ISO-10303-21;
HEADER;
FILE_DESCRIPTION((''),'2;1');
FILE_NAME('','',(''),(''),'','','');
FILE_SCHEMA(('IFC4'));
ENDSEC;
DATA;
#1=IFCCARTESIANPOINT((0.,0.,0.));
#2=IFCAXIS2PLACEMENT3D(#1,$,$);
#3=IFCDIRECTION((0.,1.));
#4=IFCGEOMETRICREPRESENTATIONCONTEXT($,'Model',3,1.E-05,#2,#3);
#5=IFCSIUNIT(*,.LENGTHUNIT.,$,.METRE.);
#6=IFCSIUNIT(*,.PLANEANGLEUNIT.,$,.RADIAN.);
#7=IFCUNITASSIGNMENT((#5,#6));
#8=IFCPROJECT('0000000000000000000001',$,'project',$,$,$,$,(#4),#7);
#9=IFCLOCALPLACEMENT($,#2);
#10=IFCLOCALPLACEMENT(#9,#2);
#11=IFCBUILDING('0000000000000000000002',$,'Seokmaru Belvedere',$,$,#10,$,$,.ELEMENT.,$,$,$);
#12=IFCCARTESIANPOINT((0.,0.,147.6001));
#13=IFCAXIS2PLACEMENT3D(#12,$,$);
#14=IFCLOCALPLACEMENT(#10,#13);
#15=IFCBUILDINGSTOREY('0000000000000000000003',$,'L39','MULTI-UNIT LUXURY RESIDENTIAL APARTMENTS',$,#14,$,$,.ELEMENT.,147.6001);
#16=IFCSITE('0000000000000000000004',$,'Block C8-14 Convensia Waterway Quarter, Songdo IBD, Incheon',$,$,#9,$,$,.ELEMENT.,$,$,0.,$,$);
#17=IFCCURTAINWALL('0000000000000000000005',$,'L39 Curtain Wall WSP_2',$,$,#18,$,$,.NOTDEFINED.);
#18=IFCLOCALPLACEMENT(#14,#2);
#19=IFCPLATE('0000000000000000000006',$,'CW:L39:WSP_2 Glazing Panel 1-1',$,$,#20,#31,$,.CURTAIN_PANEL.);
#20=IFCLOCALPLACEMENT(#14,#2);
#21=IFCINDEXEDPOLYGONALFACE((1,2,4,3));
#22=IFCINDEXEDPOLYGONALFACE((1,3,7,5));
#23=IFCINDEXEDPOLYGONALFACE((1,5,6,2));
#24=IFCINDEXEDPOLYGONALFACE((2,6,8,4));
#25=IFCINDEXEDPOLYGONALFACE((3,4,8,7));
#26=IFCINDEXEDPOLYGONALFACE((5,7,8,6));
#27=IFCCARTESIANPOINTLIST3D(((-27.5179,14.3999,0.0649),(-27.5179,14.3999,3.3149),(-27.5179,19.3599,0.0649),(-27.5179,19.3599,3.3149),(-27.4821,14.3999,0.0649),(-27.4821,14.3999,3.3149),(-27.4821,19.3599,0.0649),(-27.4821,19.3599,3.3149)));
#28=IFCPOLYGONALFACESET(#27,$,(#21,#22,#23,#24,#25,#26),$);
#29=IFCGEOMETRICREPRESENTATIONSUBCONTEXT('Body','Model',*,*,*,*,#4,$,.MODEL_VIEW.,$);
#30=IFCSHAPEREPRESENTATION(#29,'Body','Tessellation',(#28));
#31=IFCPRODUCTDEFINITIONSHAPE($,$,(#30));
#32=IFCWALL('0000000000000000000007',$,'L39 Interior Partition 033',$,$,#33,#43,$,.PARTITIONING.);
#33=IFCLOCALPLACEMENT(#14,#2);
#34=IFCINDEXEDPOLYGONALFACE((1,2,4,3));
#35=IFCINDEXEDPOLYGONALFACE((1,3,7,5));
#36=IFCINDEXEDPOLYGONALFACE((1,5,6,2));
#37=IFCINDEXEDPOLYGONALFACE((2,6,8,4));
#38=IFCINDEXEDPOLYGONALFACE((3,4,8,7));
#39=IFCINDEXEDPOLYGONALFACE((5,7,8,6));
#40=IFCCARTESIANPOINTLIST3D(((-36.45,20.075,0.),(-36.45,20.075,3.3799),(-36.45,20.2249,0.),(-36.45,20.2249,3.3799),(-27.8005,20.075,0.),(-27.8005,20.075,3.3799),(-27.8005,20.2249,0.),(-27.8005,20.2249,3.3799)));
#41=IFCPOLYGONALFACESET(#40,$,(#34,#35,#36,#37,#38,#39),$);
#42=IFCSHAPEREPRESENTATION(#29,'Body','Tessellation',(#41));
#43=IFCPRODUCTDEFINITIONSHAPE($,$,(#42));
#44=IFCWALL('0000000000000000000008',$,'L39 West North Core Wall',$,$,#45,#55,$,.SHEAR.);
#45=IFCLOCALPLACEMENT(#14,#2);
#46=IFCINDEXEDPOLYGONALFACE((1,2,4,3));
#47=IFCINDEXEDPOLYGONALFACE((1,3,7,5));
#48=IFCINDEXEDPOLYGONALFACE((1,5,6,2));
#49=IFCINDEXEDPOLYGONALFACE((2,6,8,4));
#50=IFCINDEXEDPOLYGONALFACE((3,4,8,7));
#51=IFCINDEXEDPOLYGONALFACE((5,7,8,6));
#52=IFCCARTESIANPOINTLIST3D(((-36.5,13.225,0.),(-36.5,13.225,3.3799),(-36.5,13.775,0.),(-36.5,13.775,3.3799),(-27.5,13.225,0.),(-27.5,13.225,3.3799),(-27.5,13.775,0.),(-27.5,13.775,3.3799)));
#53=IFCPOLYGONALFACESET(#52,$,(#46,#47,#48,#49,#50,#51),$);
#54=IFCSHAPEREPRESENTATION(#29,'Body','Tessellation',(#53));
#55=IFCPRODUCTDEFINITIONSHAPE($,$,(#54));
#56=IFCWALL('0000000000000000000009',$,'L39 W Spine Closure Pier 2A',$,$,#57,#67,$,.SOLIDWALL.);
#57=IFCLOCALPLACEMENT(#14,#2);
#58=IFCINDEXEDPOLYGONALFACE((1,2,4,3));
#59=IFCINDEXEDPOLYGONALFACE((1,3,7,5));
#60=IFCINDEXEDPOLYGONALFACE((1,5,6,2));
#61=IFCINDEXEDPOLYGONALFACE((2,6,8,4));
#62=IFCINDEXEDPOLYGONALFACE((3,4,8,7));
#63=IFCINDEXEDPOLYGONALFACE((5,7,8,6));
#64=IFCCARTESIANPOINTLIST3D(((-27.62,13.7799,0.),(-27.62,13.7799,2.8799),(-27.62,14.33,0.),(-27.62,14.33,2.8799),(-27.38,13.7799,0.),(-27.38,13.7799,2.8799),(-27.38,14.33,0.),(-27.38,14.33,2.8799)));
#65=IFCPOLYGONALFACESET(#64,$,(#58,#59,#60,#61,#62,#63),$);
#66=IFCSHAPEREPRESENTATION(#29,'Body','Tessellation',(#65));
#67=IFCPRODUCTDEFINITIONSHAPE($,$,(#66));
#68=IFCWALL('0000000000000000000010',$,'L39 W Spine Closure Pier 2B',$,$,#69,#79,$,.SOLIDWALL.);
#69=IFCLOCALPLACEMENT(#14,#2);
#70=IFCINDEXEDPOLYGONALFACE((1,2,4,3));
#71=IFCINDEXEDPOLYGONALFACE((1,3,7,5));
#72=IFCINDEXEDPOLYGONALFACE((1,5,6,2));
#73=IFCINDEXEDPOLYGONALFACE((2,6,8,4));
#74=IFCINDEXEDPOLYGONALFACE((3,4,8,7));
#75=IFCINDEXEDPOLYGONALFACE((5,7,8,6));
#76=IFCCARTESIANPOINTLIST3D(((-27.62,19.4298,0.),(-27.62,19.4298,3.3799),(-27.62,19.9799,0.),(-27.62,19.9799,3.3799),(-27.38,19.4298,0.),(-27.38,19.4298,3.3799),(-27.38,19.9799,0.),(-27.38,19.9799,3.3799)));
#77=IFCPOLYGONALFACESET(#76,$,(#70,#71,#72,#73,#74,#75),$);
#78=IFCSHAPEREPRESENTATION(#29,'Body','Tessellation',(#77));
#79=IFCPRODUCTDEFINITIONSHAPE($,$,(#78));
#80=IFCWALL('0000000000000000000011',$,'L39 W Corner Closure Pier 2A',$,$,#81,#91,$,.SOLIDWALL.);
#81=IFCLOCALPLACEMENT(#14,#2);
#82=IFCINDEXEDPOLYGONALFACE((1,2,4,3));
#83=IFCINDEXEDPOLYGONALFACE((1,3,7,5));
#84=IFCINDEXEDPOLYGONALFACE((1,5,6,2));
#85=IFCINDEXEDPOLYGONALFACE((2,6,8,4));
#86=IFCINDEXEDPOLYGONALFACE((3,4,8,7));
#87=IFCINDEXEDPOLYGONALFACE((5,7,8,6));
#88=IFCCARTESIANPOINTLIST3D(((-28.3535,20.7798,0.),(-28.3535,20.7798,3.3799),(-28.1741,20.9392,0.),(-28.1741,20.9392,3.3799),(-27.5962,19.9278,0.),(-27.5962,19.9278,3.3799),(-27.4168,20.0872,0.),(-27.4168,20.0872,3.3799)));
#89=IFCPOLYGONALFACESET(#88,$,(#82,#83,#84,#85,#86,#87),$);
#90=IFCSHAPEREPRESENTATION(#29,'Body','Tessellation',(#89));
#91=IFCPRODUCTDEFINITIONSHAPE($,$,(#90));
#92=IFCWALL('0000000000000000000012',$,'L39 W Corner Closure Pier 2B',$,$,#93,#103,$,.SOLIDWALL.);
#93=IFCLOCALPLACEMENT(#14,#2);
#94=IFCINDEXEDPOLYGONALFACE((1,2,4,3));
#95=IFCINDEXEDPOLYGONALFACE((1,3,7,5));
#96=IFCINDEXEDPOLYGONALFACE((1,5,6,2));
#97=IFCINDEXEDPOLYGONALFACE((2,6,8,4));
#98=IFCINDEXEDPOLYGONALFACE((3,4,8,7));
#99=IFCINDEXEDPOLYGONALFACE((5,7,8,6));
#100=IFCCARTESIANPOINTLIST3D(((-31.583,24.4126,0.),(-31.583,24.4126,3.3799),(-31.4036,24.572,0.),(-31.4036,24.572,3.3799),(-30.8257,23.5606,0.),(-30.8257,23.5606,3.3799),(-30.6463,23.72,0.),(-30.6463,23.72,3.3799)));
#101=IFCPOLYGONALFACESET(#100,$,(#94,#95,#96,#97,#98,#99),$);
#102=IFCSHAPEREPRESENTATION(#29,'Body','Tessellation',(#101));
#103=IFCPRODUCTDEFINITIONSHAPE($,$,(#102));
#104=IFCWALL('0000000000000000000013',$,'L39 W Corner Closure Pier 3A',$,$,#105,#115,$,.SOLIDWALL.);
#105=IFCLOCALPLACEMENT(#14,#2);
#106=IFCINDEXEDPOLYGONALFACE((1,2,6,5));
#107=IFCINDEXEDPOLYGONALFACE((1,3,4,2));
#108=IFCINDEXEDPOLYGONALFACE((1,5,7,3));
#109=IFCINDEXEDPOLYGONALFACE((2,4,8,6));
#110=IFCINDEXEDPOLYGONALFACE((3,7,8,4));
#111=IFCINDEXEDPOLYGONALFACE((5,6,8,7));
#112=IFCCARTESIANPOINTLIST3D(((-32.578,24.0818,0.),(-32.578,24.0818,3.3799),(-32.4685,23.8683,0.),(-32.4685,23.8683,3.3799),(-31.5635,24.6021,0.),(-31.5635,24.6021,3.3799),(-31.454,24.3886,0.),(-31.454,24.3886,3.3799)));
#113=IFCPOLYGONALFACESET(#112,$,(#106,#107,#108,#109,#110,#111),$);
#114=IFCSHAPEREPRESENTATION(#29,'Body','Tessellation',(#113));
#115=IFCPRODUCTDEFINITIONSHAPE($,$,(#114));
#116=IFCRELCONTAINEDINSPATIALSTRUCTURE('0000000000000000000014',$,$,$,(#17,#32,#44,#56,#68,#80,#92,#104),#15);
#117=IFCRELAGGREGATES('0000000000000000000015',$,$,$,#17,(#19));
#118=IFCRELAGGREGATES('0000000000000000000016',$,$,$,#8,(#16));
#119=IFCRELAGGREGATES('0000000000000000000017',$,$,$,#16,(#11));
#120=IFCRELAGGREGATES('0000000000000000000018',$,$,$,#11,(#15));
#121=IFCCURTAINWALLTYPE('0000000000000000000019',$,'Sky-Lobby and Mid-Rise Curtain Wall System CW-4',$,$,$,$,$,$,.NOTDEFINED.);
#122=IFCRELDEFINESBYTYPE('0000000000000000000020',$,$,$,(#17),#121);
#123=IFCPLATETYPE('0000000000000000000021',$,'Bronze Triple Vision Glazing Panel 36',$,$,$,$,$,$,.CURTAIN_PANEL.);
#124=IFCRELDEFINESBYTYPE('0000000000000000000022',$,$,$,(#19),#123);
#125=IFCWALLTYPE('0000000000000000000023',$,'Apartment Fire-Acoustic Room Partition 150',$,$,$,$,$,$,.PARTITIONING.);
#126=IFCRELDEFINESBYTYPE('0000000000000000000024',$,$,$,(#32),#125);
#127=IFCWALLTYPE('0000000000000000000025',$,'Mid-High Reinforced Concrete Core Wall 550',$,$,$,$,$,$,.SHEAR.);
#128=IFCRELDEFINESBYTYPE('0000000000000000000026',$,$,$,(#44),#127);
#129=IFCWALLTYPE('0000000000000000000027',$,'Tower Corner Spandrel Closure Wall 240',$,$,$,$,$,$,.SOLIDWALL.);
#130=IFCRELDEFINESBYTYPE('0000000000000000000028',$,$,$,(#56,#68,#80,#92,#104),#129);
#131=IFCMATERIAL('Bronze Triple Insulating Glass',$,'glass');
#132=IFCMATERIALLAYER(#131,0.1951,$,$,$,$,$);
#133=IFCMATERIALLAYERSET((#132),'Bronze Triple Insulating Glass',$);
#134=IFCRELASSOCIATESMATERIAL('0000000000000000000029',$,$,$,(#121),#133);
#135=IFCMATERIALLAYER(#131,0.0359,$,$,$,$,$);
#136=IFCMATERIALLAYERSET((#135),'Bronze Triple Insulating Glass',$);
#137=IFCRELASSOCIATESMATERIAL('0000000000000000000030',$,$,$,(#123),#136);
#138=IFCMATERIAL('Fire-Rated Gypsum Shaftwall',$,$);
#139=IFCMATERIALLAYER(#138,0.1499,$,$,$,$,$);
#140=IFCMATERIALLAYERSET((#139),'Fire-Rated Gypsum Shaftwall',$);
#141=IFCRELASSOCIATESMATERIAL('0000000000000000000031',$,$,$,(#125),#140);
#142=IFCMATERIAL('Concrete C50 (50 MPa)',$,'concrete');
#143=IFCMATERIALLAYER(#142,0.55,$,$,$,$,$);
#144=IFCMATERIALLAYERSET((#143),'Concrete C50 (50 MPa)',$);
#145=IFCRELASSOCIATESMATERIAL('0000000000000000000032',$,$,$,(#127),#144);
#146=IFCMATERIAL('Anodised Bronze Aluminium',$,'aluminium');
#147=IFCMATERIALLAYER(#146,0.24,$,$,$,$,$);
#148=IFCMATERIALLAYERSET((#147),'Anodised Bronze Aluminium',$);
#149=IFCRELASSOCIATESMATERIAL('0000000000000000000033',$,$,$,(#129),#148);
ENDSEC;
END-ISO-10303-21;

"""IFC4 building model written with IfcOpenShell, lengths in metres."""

from ifc_helpers import new_model, si_unit, direction, frame, frame_2d, origin, origin_2d, place, context, subcontext, project, spatial, rectangle, extrude, source, transform, mapped, material, layer, layer_set, type_object, element, aggregate, save


model = new_model("IFC4")

# Units and contexts
model_context = context("Model", 3, precision=1e-05, world=origin(), true_north=direction((0.0, 1.0)))
body_context = subcontext(model_context, "Body", "Model", "MODEL_VIEW")
ifc_project = project(units=[si_unit("LENGTHUNIT", "METRE"), si_unit("PLANEANGLEUNIT", "RADIAN")], contexts=[model_context])

# Site, building, storey
site_placement = place(None, origin())
site = spatial("IfcSite", under=ifc_project, at=site_placement, Name="Block C8-14 Convensia Waterway Quarter, Songdo IBD, Incheon", CompositionType="ELEMENT", RefElevation=0.0)
building_placement = place(site_placement, origin())
building = spatial("IfcBuilding", under=site, at=building_placement, Name="Seokmaru Belvedere", CompositionType="ELEMENT")
storey_placement = place(building_placement, frame((0.0, 0.0, 147.6001)))
storey = spatial("IfcBuildingStorey", under=building, at=storey_placement, Name="L39", Description="MULTI-UNIT LUXURY RESIDENTIAL APARTMENTS", CompositionType="ELEMENT", Elevation=147.6001)

# Curtain wall
ifc_material_1 = material(Name="Bronze Triple Insulating Glass", Category="glass")
ifc_layer_1 = layer(ifc_material_1, 0.1951)
ifc_layer_set_1 = layer_set([ifc_layer_1], Name="Bronze Triple Insulating Glass")
curtain_wall_type = type_object("IfcCurtainWallType", Name="Sky-Lobby and Mid-Rise Curtain Wall System CW-4", PredefinedType="NOTDEFINED", material=ifc_layer_set_1)
curtain_wall_1_placement = place(storey_placement, origin())
curtain_wall_1 = element("IfcCurtainWall", 1, at=curtain_wall_1_placement, inside=storey, type_object=curtain_wall_type, Name="L39 Curtain Wall WSP_2", PredefinedType="NOTDEFINED")
ifc_material_2 = material(Name="Anodised Bronze Aluminium", Category="aluminium")

# Plate
ifc_layer_2 = layer(ifc_material_1, 0.0359)
ifc_layer_set_2 = layer_set([ifc_layer_2], Name="Bronze Triple Insulating Glass")
plate_type = type_object("IfcPlateType", Name="Bronze Triple Vision Glazing Panel 36", PredefinedType="CURTAIN_PANEL", material=ifc_layer_set_2)
shared_shape_1 = source(origin(), body_context, "Body", "SweptSolid", [
    extrude(rectangle(XDim=4.96, YDim=0.0359, at=origin_2d()), origin(), (0.0, 0.0, 1.0), 3.25),
])
plate_1_placement = place(storey_placement, frame((-27.5, 16.8799, 0.0649), z_axis=(0.0, 0.0, 1.0), x_axis=(0.0, 1.0, 0.0)))
plate_1 = element("IfcPlate", 2, at=plate_1_placement, type_object=plate_type, Name="CW:L39:WSP_2 Glazing Panel 1-1", PredefinedType="CURTAIN_PANEL", context=body_context, shape_type="MappedRepresentation", body=[
    mapped(shared_shape_1, transform((0.0, 0.0, 0.0), scale=1.0)),
])
aggregate(curtain_wall_1, [plate_1])

# Walls
ifc_material_3 = material(Name="Fire-Rated Gypsum Shaftwall")
ifc_layer_3 = layer(ifc_material_3, 0.1499)
ifc_layer_set_3 = layer_set([ifc_layer_3], Name="Fire-Rated Gypsum Shaftwall")
wall_type_1 = type_object("IfcWallType", Name="Apartment Fire-Acoustic Room Partition 150", PredefinedType="PARTITIONING", material=ifc_layer_set_3)
wall_1_placement = place(storey_placement, frame((-36.45, 20.1499, 0.0), z_axis=(0.0, 0.0, 1.0), x_axis=(1.0, 0.0, 0.0)))
element("IfcWall", 3, at=wall_1_placement, inside=storey, type_object=wall_type_1, Name="L39 Interior Partition 033", PredefinedType="PARTITIONING", context=body_context, shape_type="SweptSolid", body=[
    extrude(rectangle(XDim=8.6494, YDim=0.1499, at=frame_2d((4.3247, 0.0))), origin(), (0.0, 0.0, 1.0), 3.3799),
])
ifc_material_4 = material(Name="Concrete C50 (50 MPa)", Category="concrete")
ifc_layer_4 = layer(ifc_material_4, 0.55)
ifc_layer_set_4 = layer_set([ifc_layer_4], Name="Concrete C50 (50 MPa)")
wall_type_2 = type_object("IfcWallType", Name="Mid-High Reinforced Concrete Core Wall 550", PredefinedType="SHEAR", material=ifc_layer_set_4)
wall_2_placement = place(storey_placement, frame((-36.5, 13.5, 0.0), z_axis=(0.0, 0.0, 1.0), x_axis=(1.0, 0.0, 0.0)))
element("IfcWall", 4, at=wall_2_placement, inside=storey, type_object=wall_type_2, Name="L39 West North Core Wall", PredefinedType="SHEAR", context=body_context, shape_type="SweptSolid", body=[
    extrude(rectangle(XDim=9.0, YDim=0.55, at=frame_2d((4.5, 0.0))), origin(), (0.0, 0.0, 1.0), 3.3799),
])

# Walls
ifc_layer_5 = layer(ifc_material_2, 0.24)
ifc_layer_set_5 = layer_set([ifc_layer_5], Name="Anodised Bronze Aluminium")
wall_type_3 = type_object("IfcWallType", Name="Tower Corner Spandrel Closure Wall 240", PredefinedType="SOLIDWALL", material=ifc_layer_set_5)
wall_3_placement = place(storey_placement, frame((-27.5, 13.78, 0.0), z_axis=(0.0, 0.0, 1.0), x_axis=(0.0, 1.0, 0.0)))
element("IfcWall", 5, at=wall_3_placement, inside=storey, type_object=wall_type_3, Name="L39 W Spine Closure Pier 2A", PredefinedType="SOLIDWALL", context=body_context, shape_type="SweptSolid", body=[
    extrude(rectangle(XDim=0.55, YDim=0.24, at=frame_2d((0.2749, 0.0))), origin(), (0.0, 0.0, 1.0), 2.8799),
])
wall_4_placement = place(storey_placement, frame((-27.5, 19.4299, 0.0), z_axis=(0.0, 0.0, 1.0), x_axis=(0.0, 1.0, 0.0)))
element("IfcWall", 6, at=wall_4_placement, inside=storey, type_object=wall_type_3, Name="L39 W Spine Closure Pier 2B", PredefinedType="SOLIDWALL", context=body_context, shape_type="SweptSolid", body=[
    extrude(rectangle(XDim=0.55, YDim=0.24, at=frame_2d((0.2749, 0.0))), origin(), (0.0, 0.0, 1.0), 3.3799),
])
for number, where, z_axis, x_axis, name in (
    (7, (-27.5066, 20.0076, 0.0), (0.0, 0.0, 1.0), (-0.664337, 0.747433, 0.0), "L39 W Corner Closure Pier 2A"),
    (8, (-30.7361, 23.6404, 0.0), (0.0, 0.0, 1.0), (-0.664337, 0.747433, 0.0), "L39 W Corner Closure Pier 2B"),
):
    element("IfcWall", number, at=place(storey_placement, frame(where, z_axis=z_axis, x_axis=x_axis)), inside=storey, type_object=wall_type_3, Name=name, PredefinedType="SOLIDWALL", context=body_context, shape_type="SweptSolid", body=[
        extrude(rectangle(XDim=1.1399, YDim=0.24, at=frame_2d((0.5698, 0.0))), origin(), (0.0, 0.0, 1.0), 3.3799),
    ])
wall_5_placement = place(storey_placement, frame((-31.5088, 24.4954, 0.0), z_axis=(0.0, 0.0, 1.0), x_axis=(-0.889797, -0.456356, 0.0)))
element("IfcWall", 9, at=wall_5_placement, inside=storey, type_object=wall_type_3, Name="L39 W Corner Closure Pier 3A", PredefinedType="SOLIDWALL", context=body_context, shape_type="SweptSolid", body=[
    extrude(rectangle(XDim=1.1401, YDim=0.24, at=frame_2d((0.5701, 0.0))), origin(), (0.0, 0.0, 1.0), 3.3799),
])

save(model, "model.ifc")
